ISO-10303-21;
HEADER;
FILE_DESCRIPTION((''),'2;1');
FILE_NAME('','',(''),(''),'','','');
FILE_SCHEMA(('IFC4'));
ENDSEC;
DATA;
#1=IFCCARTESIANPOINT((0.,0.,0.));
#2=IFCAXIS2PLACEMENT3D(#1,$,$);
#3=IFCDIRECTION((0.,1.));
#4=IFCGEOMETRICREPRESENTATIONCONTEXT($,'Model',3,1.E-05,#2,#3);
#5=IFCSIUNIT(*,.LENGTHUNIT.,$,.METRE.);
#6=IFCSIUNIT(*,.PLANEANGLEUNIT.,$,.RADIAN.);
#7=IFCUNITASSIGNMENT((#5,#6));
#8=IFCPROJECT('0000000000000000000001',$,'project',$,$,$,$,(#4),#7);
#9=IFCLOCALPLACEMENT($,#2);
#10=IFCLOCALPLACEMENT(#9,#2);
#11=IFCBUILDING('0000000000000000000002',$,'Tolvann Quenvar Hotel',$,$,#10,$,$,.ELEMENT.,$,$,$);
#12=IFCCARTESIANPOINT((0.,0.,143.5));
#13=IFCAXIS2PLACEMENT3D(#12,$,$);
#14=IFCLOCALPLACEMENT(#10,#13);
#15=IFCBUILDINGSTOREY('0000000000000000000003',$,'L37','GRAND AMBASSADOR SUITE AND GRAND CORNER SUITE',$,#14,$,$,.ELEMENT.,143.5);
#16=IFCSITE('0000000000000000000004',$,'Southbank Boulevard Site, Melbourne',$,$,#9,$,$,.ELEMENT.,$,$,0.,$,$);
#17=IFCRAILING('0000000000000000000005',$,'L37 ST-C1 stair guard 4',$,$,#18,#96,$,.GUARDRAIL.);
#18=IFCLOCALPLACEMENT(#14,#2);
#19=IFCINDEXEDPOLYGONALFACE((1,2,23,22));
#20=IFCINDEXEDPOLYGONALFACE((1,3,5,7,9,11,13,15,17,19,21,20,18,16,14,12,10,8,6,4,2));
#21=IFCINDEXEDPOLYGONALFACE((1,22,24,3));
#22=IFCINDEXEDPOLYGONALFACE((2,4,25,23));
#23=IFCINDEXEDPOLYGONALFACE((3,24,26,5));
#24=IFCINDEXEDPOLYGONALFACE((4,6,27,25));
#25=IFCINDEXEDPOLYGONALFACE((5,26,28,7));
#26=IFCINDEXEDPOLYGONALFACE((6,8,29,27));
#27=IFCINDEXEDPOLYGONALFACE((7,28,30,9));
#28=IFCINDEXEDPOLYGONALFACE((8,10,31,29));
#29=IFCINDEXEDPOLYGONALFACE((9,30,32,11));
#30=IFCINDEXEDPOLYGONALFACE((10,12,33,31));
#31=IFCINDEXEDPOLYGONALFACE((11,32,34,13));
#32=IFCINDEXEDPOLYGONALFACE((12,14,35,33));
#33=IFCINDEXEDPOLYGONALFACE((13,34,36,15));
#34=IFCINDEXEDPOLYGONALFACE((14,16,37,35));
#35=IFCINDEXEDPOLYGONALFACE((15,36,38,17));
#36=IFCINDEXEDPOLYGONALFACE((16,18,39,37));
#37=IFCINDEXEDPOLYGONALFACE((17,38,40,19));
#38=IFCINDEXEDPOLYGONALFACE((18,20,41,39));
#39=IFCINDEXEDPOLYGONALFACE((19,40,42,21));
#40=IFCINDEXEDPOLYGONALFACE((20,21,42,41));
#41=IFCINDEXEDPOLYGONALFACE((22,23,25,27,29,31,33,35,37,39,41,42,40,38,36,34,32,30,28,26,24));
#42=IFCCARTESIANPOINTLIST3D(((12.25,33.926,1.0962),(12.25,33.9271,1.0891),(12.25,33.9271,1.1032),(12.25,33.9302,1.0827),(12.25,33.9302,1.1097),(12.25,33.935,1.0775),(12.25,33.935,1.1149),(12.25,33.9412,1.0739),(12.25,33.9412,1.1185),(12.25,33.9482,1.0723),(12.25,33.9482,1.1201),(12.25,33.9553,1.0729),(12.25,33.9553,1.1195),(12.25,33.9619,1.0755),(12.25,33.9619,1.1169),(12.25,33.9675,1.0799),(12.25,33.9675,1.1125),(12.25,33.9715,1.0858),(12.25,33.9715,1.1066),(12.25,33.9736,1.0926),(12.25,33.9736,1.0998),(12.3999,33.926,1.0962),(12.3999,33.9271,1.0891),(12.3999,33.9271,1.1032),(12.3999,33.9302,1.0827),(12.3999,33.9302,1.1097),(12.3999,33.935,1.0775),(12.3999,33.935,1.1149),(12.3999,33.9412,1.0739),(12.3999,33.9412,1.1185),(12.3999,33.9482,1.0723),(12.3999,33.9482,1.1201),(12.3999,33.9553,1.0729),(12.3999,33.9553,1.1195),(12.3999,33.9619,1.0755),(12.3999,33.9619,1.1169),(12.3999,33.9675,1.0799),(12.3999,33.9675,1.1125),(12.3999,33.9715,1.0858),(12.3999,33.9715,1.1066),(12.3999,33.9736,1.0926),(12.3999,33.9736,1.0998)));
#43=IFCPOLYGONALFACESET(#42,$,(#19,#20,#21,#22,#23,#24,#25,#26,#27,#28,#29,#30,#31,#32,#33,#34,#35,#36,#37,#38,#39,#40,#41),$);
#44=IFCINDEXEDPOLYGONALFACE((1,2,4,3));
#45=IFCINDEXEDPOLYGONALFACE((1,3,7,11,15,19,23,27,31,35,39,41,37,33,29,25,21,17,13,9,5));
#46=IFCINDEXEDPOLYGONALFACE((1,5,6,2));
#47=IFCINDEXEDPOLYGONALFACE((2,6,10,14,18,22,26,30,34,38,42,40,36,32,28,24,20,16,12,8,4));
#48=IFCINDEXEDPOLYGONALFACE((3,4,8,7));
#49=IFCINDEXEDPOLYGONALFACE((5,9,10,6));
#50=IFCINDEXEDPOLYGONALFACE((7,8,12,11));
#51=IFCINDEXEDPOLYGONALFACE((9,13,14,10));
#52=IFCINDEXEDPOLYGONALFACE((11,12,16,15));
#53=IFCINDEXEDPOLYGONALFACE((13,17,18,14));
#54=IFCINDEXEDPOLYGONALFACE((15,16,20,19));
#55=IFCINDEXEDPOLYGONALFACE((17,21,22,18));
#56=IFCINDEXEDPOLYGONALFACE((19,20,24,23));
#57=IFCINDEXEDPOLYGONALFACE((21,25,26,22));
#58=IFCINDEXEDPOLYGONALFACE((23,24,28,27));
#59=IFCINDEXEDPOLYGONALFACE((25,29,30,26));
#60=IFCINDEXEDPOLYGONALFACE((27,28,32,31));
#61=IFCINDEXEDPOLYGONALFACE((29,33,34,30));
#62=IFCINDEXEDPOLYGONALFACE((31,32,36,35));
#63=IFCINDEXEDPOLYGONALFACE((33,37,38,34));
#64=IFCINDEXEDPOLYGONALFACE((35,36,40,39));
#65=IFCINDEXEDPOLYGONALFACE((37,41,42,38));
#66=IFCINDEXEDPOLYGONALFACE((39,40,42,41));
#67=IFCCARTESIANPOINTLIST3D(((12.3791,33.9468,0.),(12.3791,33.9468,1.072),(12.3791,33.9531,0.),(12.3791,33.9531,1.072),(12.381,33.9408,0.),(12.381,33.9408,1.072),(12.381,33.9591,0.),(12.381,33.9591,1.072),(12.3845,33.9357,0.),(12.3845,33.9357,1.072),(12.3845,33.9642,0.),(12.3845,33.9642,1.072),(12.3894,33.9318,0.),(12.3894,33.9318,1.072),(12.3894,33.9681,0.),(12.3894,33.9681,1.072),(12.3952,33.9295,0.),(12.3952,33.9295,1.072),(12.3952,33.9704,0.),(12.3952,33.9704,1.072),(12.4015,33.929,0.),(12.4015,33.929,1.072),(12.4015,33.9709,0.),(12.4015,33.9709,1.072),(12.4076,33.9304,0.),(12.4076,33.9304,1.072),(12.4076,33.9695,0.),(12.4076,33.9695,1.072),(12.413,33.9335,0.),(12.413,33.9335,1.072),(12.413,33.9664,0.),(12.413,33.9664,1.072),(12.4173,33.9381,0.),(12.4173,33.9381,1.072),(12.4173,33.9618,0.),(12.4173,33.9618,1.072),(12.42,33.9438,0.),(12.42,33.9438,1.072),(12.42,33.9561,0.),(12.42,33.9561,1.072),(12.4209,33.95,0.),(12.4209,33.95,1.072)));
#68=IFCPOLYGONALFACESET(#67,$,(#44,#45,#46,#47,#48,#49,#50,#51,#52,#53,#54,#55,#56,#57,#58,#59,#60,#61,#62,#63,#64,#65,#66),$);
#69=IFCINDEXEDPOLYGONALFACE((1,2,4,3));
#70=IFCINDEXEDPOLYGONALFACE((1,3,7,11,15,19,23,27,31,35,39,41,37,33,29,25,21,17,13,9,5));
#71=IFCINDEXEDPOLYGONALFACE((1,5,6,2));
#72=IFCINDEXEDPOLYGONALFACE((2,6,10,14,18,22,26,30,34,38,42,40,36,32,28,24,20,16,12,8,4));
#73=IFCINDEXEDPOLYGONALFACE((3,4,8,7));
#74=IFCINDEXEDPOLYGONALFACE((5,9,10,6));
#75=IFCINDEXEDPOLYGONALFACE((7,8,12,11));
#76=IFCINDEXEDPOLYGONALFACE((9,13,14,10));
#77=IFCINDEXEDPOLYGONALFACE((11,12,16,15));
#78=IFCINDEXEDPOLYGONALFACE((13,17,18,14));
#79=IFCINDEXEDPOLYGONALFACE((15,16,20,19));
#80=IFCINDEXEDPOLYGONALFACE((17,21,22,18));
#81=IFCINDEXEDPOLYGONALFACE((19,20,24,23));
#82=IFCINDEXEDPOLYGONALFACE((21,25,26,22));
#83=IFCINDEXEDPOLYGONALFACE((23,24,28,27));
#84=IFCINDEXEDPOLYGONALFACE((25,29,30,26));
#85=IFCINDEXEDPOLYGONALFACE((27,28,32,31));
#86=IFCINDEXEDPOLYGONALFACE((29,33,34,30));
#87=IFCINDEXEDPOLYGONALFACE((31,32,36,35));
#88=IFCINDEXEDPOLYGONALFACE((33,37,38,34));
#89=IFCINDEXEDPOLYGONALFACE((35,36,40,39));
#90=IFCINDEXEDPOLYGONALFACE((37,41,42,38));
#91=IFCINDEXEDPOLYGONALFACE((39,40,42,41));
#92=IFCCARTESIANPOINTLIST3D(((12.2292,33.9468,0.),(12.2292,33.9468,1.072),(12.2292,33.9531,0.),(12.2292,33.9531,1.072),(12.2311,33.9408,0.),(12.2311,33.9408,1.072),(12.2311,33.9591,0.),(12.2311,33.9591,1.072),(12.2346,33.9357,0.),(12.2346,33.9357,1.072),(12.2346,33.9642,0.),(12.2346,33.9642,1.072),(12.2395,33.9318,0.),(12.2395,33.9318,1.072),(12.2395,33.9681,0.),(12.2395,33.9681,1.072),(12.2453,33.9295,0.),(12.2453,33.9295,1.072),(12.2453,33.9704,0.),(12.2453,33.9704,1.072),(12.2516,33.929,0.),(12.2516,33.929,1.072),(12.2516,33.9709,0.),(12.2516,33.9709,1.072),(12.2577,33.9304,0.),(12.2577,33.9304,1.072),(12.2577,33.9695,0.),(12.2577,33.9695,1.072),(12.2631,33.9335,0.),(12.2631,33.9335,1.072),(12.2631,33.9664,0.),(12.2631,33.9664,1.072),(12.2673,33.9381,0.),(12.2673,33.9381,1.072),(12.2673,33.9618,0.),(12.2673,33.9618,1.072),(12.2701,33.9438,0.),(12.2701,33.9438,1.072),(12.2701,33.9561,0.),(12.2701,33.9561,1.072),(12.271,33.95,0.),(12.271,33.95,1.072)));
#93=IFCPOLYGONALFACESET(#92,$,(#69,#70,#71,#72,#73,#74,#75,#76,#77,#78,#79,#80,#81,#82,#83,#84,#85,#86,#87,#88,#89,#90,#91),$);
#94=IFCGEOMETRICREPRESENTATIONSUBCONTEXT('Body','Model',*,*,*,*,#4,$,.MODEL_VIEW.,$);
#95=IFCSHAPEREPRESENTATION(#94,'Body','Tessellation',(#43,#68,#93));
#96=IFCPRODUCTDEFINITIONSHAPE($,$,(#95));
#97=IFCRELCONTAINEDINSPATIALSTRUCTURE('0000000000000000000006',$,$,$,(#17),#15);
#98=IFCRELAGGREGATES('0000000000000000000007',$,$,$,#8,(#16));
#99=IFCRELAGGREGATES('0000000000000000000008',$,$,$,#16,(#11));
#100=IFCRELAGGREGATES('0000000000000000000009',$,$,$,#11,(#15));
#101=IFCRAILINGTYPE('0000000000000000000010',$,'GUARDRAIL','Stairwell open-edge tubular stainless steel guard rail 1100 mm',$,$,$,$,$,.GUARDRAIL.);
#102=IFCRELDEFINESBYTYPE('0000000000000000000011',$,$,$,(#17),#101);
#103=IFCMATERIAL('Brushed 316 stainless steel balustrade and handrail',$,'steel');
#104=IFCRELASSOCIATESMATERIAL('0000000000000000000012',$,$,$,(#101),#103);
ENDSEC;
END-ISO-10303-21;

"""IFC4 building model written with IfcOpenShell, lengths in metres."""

from ifc_helpers import new_model, si_unit, direction, frame, origin, origin_2d, place, context, subcontext, project, spatial, circle, extrude, material, type_object, element, save


model = new_model("IFC4")

# Units and contexts
model_context = context("Model", 3, precision=1e-05, world=origin(), true_north=direction((0.0, 1.0)))
body_context = subcontext(model_context, "Body", "Model", "MODEL_VIEW")
ifc_project = project(units=[si_unit("LENGTHUNIT", "METRE"), si_unit("PLANEANGLEUNIT", "RADIAN")], contexts=[model_context])

# Site, building, storey
site_placement = place(None, origin())
site = spatial("IfcSite", under=ifc_project, at=site_placement, Name="Southbank Boulevard Site, Melbourne", CompositionType="ELEMENT", RefElevation=0.0)
building_placement = place(site_placement, origin())
building = spatial("IfcBuilding", under=site, at=building_placement, Name="Tolvann Quenvar Hotel", CompositionType="ELEMENT")
storey_placement = place(building_placement, frame((0.0, 0.0, 143.5)))
storey = spatial("IfcBuildingStorey", under=building, at=storey_placement, Name="L37", Description="GRAND AMBASSADOR SUITE AND GRAND CORNER SUITE", CompositionType="ELEMENT", Elevation=143.5)

# Railing
ifc_material_1 = material(Name="Brushed 316 stainless steel balustrade and handrail", Category="steel")
railing_type_1 = type_object("IfcRailingType", Name="GUARDRAIL", Description="Stairwell open-edge tubular stainless steel guard rail 1100 mm", PredefinedType="GUARDRAIL", material=ifc_material_1)
railing_1_placement = place(storey_placement, frame((12.3999, 33.95, 0.0)))
element("IfcRailing", 1, at=railing_1_placement, inside=storey, type_object=railing_type_1, Name="L37 ST-C1 stair guard 4", PredefinedType="GUARDRAIL", context=body_context, shape_type="SweptSolid", body=[
    extrude(circle(Radius=0.0239, at=origin_2d()), frame((0.0, 0.0, 1.0962), z_axis=(-1.0, 0.0, 0.0), x_axis=(0.0, -1.0, 0.0)), (0.0, 0.0, 1.0), 0.1499),
    extrude(circle(Radius=0.021, at=origin_2d()), origin(), (0.0, 0.0, 1.0), 1.072),
    extrude(circle(Radius=0.021, at=origin_2d()), frame((-0.1499, 0.0, 0.0)), (0.0, 0.0, 1.0), 1.072),
])

save(model, "model.ifc")
